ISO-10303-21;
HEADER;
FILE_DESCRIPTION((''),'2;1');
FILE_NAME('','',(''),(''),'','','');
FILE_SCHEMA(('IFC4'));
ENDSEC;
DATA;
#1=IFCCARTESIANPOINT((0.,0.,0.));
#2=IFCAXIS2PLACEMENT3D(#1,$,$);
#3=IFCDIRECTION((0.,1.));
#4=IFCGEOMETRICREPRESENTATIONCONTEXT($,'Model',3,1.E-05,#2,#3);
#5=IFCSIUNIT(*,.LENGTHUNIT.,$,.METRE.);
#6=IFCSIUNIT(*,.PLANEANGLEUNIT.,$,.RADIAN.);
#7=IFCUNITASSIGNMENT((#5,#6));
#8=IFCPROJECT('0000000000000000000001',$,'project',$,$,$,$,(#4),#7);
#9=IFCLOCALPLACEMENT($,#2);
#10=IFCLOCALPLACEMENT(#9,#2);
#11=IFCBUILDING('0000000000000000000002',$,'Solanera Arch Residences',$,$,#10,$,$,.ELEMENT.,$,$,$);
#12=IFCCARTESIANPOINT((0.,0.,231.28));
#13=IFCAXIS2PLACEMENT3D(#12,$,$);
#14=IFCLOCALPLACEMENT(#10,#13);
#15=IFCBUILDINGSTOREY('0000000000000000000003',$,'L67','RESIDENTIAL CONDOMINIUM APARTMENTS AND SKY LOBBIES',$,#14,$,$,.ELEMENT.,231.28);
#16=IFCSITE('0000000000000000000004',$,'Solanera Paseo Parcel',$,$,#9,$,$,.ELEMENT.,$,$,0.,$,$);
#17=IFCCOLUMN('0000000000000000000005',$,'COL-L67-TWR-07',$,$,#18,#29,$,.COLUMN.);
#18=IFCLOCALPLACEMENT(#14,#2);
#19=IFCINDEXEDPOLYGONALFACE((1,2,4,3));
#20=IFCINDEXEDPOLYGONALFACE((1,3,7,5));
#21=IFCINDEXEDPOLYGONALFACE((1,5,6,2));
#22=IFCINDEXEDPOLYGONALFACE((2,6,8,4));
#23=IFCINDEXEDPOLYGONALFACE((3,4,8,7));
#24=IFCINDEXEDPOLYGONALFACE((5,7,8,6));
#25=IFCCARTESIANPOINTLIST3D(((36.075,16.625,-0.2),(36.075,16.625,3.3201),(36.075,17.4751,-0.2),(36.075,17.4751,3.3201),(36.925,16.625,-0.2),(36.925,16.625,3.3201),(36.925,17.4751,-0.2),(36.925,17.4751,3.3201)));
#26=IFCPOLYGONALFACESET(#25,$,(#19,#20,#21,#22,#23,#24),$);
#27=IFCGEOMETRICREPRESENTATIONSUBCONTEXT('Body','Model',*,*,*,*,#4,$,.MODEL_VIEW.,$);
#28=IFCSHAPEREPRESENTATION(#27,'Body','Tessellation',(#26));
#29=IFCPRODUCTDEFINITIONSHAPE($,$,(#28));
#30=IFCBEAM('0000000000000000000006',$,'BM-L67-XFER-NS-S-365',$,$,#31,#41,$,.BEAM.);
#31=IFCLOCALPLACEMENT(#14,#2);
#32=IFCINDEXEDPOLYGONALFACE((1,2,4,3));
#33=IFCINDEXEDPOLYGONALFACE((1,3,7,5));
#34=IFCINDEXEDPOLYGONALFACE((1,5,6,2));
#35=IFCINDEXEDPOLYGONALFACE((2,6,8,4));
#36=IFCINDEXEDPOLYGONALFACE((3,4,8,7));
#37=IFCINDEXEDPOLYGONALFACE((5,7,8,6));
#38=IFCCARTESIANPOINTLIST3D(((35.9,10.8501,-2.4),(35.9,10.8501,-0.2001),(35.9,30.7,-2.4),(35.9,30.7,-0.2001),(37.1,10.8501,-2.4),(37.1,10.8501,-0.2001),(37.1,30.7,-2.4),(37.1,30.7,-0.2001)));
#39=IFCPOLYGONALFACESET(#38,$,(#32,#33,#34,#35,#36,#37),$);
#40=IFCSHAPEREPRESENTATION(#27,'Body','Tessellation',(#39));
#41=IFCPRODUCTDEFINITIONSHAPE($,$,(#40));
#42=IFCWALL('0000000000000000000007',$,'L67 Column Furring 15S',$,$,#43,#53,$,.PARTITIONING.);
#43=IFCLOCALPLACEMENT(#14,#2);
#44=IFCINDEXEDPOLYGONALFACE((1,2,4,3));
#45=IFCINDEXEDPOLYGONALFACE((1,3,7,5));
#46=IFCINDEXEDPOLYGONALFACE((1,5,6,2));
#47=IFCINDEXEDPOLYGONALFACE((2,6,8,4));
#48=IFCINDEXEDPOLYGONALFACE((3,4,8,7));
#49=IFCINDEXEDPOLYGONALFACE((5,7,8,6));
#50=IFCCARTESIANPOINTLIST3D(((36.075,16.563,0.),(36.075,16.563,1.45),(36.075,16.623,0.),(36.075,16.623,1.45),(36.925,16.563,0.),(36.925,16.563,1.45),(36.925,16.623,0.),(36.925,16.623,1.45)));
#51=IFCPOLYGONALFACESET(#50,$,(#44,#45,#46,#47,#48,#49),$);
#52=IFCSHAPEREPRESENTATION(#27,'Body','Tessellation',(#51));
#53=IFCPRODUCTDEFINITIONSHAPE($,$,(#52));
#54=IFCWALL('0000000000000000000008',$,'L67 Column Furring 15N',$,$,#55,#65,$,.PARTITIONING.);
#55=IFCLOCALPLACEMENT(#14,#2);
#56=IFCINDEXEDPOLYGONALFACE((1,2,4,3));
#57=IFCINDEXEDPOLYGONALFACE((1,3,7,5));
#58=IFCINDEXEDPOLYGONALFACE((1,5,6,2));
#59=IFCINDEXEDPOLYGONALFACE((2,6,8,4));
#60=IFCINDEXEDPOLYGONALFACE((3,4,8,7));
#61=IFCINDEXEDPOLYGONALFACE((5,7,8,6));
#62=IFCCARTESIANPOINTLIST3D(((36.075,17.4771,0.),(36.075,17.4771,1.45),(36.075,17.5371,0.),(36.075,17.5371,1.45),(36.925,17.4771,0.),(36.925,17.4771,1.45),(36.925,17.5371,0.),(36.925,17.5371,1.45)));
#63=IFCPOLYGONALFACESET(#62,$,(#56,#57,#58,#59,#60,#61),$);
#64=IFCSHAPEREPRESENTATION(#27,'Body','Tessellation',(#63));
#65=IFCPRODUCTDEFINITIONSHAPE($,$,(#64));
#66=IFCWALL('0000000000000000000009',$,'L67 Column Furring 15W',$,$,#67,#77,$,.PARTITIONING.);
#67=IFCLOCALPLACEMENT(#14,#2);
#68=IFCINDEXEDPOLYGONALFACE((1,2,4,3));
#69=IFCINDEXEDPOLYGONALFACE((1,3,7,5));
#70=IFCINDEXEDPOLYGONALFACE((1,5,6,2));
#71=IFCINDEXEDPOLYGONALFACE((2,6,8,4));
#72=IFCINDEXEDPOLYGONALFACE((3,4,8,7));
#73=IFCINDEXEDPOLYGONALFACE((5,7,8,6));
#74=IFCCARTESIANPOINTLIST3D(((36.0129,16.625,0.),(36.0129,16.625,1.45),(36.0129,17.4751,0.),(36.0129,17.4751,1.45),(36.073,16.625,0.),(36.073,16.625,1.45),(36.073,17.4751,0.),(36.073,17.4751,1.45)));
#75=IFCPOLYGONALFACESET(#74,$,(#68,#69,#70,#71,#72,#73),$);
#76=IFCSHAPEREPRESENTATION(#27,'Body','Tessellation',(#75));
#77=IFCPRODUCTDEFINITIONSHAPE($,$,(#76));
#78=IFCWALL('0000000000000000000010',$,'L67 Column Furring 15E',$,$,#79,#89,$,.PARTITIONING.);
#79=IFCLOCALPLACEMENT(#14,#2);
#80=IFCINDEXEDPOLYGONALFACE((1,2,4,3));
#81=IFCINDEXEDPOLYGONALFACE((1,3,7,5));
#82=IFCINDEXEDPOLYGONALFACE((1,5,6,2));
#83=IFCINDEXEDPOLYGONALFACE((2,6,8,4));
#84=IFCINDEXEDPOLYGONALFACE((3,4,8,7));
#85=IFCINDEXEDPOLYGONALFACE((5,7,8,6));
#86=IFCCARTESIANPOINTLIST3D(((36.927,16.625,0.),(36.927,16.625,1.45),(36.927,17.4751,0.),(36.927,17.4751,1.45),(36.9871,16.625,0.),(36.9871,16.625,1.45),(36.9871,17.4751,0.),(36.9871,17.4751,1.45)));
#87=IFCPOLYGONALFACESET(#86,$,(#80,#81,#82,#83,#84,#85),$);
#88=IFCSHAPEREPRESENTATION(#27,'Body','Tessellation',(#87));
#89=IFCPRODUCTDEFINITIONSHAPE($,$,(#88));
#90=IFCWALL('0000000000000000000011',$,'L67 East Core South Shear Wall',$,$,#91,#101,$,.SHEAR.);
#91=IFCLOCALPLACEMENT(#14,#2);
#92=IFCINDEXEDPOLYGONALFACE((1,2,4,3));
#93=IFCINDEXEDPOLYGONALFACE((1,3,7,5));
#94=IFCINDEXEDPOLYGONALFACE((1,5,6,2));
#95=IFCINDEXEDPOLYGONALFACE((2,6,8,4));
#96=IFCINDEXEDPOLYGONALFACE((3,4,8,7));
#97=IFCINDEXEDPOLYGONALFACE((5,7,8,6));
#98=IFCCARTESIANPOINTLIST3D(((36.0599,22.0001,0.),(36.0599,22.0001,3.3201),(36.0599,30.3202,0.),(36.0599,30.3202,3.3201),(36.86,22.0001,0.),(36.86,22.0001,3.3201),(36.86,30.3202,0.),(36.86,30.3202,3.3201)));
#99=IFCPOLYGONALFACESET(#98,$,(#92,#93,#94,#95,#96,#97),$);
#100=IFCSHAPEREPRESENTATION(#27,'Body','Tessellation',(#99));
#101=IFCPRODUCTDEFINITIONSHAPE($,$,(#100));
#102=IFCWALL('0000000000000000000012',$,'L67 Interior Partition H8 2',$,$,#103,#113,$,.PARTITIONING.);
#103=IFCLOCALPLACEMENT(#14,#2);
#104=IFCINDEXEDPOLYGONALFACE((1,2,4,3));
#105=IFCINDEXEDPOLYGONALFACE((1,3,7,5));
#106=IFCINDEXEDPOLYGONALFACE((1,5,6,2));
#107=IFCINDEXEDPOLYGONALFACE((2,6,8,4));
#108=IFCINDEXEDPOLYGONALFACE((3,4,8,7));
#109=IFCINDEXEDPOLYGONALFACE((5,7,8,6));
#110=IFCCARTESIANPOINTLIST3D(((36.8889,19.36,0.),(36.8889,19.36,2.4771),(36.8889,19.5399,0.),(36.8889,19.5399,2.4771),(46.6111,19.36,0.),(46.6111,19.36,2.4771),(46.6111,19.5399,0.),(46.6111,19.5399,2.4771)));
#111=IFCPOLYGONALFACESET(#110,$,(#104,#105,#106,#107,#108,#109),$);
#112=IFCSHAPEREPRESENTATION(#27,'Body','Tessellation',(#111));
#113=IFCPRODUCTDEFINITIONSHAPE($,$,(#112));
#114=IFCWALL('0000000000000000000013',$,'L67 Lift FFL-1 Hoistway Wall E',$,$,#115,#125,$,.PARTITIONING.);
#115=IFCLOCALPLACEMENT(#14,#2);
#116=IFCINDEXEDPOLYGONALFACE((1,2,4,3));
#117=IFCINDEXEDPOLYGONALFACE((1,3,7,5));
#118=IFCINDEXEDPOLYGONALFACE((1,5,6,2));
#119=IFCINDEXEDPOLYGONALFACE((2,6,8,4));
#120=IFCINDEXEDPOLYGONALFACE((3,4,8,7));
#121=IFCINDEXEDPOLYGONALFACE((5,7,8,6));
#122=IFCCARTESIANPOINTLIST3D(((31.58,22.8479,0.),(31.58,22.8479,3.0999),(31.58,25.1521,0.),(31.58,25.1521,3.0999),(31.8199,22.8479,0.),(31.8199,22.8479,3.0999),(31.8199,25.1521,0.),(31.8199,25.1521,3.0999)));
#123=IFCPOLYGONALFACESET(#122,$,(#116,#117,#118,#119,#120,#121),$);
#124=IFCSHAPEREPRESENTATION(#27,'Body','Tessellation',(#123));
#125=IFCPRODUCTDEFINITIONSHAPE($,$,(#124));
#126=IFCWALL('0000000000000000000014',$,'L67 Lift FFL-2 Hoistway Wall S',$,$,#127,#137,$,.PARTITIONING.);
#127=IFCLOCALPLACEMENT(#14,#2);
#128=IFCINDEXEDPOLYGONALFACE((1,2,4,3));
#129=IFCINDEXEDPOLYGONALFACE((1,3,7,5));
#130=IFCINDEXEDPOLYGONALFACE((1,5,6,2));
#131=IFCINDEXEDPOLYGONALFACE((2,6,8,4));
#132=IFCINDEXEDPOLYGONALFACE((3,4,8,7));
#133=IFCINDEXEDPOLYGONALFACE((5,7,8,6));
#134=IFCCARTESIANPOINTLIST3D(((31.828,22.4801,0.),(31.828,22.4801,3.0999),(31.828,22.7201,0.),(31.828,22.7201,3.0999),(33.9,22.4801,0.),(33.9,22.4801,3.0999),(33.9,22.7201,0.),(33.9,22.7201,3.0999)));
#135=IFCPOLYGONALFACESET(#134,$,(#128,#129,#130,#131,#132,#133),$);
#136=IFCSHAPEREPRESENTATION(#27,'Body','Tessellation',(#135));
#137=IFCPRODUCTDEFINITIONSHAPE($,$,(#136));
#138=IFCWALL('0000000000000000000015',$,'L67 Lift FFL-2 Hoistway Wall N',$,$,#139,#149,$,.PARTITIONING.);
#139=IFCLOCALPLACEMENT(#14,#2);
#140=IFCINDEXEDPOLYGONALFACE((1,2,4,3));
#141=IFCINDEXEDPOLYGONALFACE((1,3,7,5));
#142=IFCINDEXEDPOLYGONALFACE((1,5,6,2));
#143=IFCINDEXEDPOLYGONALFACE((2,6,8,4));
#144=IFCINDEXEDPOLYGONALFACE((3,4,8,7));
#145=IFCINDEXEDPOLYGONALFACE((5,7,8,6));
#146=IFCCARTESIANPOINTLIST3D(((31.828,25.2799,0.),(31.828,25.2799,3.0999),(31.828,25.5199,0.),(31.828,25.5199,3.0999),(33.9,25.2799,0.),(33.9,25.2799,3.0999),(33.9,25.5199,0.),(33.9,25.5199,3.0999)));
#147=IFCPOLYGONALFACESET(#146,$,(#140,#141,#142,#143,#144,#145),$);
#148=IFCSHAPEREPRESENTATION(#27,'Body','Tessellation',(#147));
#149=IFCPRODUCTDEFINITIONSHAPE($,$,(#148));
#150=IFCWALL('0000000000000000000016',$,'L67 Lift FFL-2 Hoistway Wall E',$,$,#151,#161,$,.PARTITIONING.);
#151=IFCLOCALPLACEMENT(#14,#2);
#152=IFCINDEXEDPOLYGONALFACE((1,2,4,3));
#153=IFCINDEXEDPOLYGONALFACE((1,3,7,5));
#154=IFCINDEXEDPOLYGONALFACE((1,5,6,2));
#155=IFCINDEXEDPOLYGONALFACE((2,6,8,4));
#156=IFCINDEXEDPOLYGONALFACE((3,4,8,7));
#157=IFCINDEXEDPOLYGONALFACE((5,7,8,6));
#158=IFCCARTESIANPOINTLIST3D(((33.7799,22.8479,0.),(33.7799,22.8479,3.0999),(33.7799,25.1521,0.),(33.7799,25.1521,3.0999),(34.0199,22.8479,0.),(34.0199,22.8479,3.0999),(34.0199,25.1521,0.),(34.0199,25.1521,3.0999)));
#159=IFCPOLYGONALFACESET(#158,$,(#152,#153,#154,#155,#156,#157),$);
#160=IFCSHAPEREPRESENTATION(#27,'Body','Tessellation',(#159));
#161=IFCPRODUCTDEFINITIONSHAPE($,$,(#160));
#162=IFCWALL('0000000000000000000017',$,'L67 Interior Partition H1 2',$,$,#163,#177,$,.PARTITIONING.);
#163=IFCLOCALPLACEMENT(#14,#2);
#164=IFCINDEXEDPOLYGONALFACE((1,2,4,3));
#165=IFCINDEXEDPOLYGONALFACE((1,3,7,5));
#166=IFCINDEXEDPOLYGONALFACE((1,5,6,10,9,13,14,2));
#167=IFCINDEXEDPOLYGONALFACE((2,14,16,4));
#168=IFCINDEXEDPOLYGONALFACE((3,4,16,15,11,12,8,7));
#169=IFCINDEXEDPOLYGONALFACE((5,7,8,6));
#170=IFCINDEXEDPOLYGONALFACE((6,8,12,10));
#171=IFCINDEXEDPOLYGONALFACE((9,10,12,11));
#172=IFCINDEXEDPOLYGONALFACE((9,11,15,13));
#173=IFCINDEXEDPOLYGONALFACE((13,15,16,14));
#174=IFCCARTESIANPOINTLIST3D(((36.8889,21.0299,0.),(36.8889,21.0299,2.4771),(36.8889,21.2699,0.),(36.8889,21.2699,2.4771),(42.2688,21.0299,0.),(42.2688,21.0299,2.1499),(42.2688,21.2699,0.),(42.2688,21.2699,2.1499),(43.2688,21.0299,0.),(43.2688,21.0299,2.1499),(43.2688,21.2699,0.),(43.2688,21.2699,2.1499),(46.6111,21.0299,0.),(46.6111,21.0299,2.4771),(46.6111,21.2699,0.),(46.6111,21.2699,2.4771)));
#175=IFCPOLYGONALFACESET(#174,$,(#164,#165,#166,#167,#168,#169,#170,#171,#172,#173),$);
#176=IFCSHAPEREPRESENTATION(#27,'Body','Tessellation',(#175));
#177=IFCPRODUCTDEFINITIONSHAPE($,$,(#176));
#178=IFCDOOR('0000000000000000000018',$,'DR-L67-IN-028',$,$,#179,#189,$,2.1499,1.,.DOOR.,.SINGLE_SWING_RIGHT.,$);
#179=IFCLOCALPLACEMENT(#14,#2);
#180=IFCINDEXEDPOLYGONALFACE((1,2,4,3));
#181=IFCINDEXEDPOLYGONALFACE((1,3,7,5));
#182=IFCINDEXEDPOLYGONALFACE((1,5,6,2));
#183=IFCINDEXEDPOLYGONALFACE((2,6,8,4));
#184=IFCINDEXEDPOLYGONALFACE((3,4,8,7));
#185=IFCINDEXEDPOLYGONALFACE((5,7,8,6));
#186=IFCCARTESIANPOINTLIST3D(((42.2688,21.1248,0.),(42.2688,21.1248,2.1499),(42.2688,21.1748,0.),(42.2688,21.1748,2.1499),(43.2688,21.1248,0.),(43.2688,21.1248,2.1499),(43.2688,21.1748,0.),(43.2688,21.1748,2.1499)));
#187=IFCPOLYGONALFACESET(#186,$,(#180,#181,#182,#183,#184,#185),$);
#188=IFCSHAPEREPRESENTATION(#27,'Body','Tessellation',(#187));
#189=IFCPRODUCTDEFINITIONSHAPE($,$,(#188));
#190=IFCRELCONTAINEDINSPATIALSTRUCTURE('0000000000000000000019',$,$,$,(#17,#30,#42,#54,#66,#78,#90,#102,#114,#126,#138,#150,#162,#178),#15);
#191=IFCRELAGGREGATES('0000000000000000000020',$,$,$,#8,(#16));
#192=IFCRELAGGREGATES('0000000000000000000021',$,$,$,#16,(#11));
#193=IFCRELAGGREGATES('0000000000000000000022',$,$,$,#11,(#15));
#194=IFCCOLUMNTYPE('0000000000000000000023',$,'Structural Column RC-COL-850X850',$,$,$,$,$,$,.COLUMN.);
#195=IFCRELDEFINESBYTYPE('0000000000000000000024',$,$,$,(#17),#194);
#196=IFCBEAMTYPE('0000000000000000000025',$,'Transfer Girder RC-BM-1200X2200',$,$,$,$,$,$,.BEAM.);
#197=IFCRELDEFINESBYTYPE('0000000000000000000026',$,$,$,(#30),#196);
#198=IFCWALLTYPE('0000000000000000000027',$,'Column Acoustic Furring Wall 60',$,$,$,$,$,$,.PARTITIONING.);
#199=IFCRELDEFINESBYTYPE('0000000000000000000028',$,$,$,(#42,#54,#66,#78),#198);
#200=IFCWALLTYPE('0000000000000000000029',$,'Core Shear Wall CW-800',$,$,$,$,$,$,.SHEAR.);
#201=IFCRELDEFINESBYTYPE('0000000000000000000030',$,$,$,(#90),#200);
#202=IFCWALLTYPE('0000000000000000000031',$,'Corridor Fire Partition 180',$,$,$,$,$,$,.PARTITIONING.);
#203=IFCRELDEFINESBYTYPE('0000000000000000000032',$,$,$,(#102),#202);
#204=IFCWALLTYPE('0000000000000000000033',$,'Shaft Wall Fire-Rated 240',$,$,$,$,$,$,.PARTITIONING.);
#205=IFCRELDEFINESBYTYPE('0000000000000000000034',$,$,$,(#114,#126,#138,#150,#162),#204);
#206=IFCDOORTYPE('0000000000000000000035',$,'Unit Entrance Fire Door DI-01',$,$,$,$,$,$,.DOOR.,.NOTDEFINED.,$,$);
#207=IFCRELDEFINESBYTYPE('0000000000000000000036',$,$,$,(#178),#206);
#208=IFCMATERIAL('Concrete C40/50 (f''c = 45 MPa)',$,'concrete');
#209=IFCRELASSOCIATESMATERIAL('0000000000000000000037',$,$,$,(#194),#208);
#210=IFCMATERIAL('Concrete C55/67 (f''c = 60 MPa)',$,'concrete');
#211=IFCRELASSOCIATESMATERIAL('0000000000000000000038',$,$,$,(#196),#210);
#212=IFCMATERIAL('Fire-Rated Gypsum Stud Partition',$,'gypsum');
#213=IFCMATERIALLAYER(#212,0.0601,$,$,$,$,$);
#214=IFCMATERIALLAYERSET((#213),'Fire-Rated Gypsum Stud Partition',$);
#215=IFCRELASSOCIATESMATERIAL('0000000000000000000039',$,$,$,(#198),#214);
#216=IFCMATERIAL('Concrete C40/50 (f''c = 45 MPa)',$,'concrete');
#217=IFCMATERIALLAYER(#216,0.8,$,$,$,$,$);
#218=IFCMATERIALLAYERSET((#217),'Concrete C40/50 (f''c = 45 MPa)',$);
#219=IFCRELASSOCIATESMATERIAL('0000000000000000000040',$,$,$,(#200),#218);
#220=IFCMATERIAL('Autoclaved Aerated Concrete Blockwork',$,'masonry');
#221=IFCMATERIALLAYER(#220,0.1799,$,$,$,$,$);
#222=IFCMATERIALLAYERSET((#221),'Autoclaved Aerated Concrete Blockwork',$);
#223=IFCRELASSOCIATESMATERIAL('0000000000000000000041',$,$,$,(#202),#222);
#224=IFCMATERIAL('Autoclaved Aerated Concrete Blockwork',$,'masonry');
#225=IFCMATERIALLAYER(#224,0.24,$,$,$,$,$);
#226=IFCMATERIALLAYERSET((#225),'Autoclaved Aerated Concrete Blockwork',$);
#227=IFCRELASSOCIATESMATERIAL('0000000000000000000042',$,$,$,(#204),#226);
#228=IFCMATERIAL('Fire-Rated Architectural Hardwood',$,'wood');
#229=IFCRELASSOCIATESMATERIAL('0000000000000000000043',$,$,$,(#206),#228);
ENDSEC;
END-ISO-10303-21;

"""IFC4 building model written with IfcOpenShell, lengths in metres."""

from ifc_helpers import new_model, si_unit, direction, frame, frame_2d, origin, origin_2d, place, context, subcontext, project, spatial, rectangle, extrude, material, layer, layer_set, material_profile, profile_set, type_object, element, fill, save


model = new_model("IFC4")

# Units and contexts
model_context = context("Model", 3, precision=1e-05, world=origin(), true_north=direction((0.0, 1.0)))
body_context = subcontext(model_context, "Body", "Model", "MODEL_VIEW")
ifc_project = project(units=[si_unit("LENGTHUNIT", "METRE"), si_unit("PLANEANGLEUNIT", "RADIAN")], contexts=[model_context])

# Site, building, storey
site_placement = place(None, origin())
site = spatial("IfcSite", under=ifc_project, at=site_placement, Name="Solanera Paseo Parcel", CompositionType="ELEMENT", RefElevation=0.0)
building_placement = place(site_placement, origin())
building = spatial("IfcBuilding", under=site, at=building_placement, Name="Solanera Arch Residences", CompositionType="ELEMENT")
storey_placement = place(building_placement, frame((0.0, 0.0, 231.28)))
storey = spatial("IfcBuildingStorey", under=building, at=storey_placement, Name="L67", Description="RESIDENTIAL CONDOMINIUM APARTMENTS AND SKY LOBBIES", CompositionType="ELEMENT", Elevation=231.28)

# Column
ifc_material_1 = material(Name="Concrete C40/50 (f'c = 45 MPa)", Category="concrete")
ifc_material_profile_1 = material_profile(ifc_material_1, rectangle(XDim=0.8501, YDim=0.8501, at=origin_2d()))
ifc_profile_set_1 = profile_set([ifc_material_profile_1], Name="Concrete C40/50 (f'c = 45 MPa)")
column_type = type_object("IfcColumnType", Name="Structural Column RC-COL-850X850", PredefinedType="COLUMN", material=ifc_profile_set_1)
column_placement = place(storey_placement, frame((36.5, 17.05, -0.2), z_axis=(0.0, 0.0, 1.0), x_axis=(1.0, 0.0, 0.0)))
element("IfcColumn", 1, at=column_placement, inside=storey, type_object=column_type, Name="COL-L67-TWR-07", PredefinedType="COLUMN", context=body_context, shape_type="SweptSolid", body=[
    extrude(rectangle(XDim=0.8501, YDim=0.8501, at=origin_2d()), origin(), (0.0, 0.0, 1.0), 3.52),
])

# Beam
ifc_material_2 = material(Name="Concrete C55/67 (f'c = 60 MPa)", Category="concrete")
ifc_material_profile_2 = material_profile(ifc_material_2, rectangle(XDim=1.2, YDim=2.2, at=origin_2d()))
ifc_profile_set_2 = profile_set([ifc_material_profile_2], Name="Concrete C55/67 (f'c = 60 MPa)")
beam_type = type_object("IfcBeamType", Name="Transfer Girder RC-BM-1200X2200", PredefinedType="BEAM", material=ifc_profile_set_2)
beam_placement = place(storey_placement, frame((36.5, 10.8501, -1.3), z_axis=(0.0, 1.0, 0.0), x_axis=(-1.0, 0.0, 0.0)))
element("IfcBeam", 2, at=beam_placement, inside=storey, type_object=beam_type, Name="BM-L67-XFER-NS-S-365", PredefinedType="BEAM", context=body_context, shape_type="SweptSolid", body=[
    extrude(rectangle(XDim=1.2, YDim=2.2, at=origin_2d()), origin(), (0.0, 0.0, 1.0), 19.8499),
])

# Walls
ifc_material_3 = material(Name="Fire-Rated Gypsum Stud Partition", Category="gypsum")
ifc_layer_1 = layer(ifc_material_3, 0.0601)
ifc_layer_set_1 = layer_set([ifc_layer_1], Name="Fire-Rated Gypsum Stud Partition")
wall_type_1 = type_object("IfcWallType", Name="Column Acoustic Furring Wall 60", PredefinedType="PARTITIONING", material=ifc_layer_set_1)
for number, where, z_axis, x_axis, name in (
    (3, (36.075, 16.593, 0.0), (0.0, 0.0, 1.0), (1.0, 0.0, 0.0), "L67 Column Furring 15S"),
    (4, (36.075, 17.5071, 0.0), (0.0, 0.0, 1.0), (1.0, 0.0, 0.0), "L67 Column Furring 15N"),
    (5, (36.043, 16.625, 0.0), (0.0, 0.0, 1.0), (0.0, 1.0, 0.0), "L67 Column Furring 15W"),
    (6, (36.957, 16.625, 0.0), (0.0, 0.0, 1.0), (0.0, 1.0, 0.0), "L67 Column Furring 15E"),
):
    element("IfcWall", number, at=place(storey_placement, frame(where, z_axis=z_axis, x_axis=x_axis)), inside=storey, type_object=wall_type_1, Name=name, PredefinedType="PARTITIONING", context=body_context, shape_type="SweptSolid", body=[
        extrude(rectangle(XDim=0.8501, YDim=0.0601, at=frame_2d((0.425, 0.0))), origin(), (0.0, 0.0, 1.0), 1.45),
    ])
ifc_material_4 = material(Name="Concrete C40/50 (f'c = 45 MPa)", Category="concrete")
ifc_layer_2 = layer(ifc_material_4, 0.8)
ifc_layer_set_2 = layer_set([ifc_layer_2], Name="Concrete C40/50 (f'c = 45 MPa)")
wall_type_2 = type_object("IfcWallType", Name="Core Shear Wall CW-800", PredefinedType="SHEAR", material=ifc_layer_set_2)
wall_1_placement = place(storey_placement, frame((36.46, 22.0, 0.0), z_axis=(0.0, 0.0, 1.0), x_axis=(0.0, 1.0, 0.0)))
element("IfcWall", 7, at=wall_1_placement, inside=storey, type_object=wall_type_2, Name="L67 East Core South Shear Wall", PredefinedType="SHEAR", context=body_context, shape_type="SweptSolid", body=[
    extrude(rectangle(XDim=8.3201, YDim=0.8, at=frame_2d((4.1602, 0.0))), origin(), (0.0, 0.0, 1.0), 3.3201),
])
ifc_material_5 = material(Name="Autoclaved Aerated Concrete Blockwork", Category="masonry")
ifc_layer_3 = layer(ifc_material_5, 0.1799)
ifc_layer_set_3 = layer_set([ifc_layer_3], Name="Autoclaved Aerated Concrete Blockwork")
wall_type_3 = type_object("IfcWallType", Name="Corridor Fire Partition 180", PredefinedType="PARTITIONING", material=ifc_layer_set_3)
wall_2_placement = place(storey_placement, frame((36.8889, 19.45, 0.0), z_axis=(0.0, 0.0, 1.0), x_axis=(1.0, 0.0, 0.0)))
element("IfcWall", 8, at=wall_2_placement, inside=storey, type_object=wall_type_3, Name="L67 Interior Partition H8 2", PredefinedType="PARTITIONING", context=body_context, shape_type="SweptSolid", body=[
    extrude(rectangle(XDim=9.7222, YDim=0.1799, at=frame_2d((4.8611, 0.0))), origin(), (0.0, 0.0, 1.0), 2.4771),
])
ifc_material_6 = material(Name="Autoclaved Aerated Concrete Blockwork", Category="masonry")
ifc_layer_4 = layer(ifc_material_6, 0.24)
ifc_layer_set_4 = layer_set([ifc_layer_4], Name="Autoclaved Aerated Concrete Blockwork")
wall_type_4 = type_object("IfcWallType", Name="Shaft Wall Fire-Rated 240", PredefinedType="PARTITIONING", material=ifc_layer_set_4)
wall_3_placement = place(storey_placement, frame((31.7, 22.8479, 0.0), z_axis=(0.0, 0.0, 1.0), x_axis=(0.0, 1.0, 0.0)))
element("IfcWall", 9, at=wall_3_placement, inside=storey, type_object=wall_type_4, Name="L67 Lift FFL-1 Hoistway Wall E", PredefinedType="PARTITIONING", context=body_context, shape_type="SweptSolid", body=[
    extrude(rectangle(XDim=2.3042, YDim=0.24, at=frame_2d((1.1521, 0.0))), origin(), (0.0, 0.0, 1.0), 3.0999),
])
for number, where, z_axis, x_axis, name in (
    (10, (31.8279, 22.6001, 0.0), (0.0, 0.0, 1.0), (1.0, 0.0, 0.0), "L67 Lift FFL-2 Hoistway Wall S"),
    (11, (31.8279, 25.3999, 0.0), (0.0, 0.0, 1.0), (1.0, 0.0, 0.0), "L67 Lift FFL-2 Hoistway Wall N"),
):
    element("IfcWall", number, at=place(storey_placement, frame(where, z_axis=z_axis, x_axis=x_axis)), inside=storey, type_object=wall_type_4, Name=name, PredefinedType="PARTITIONING", context=body_context, shape_type="SweptSolid", body=[
        extrude(rectangle(XDim=2.072, YDim=0.24, at=frame_2d((1.0361, 0.0))), origin(), (0.0, 0.0, 1.0), 3.0999),
    ])
wall_4_placement = place(storey_placement, frame((33.8999, 22.8479, 0.0), z_axis=(0.0, 0.0, 1.0), x_axis=(0.0, 1.0, 0.0)))
element("IfcWall", 12, at=wall_4_placement, inside=storey, type_object=wall_type_4, Name="L67 Lift FFL-2 Hoistway Wall E", PredefinedType="PARTITIONING", context=body_context, shape_type="SweptSolid", body=[
    extrude(rectangle(XDim=2.3042, YDim=0.24, at=frame_2d((1.1521, 0.0))), origin(), (0.0, 0.0, 1.0), 3.0999),
])

# Wall, opening, door
wall_5_placement = place(storey_placement, frame((36.8889, 21.1499, 0.0), z_axis=(0.0, 0.0, 1.0), x_axis=(1.0, 0.0, 0.0)))
wall_5 = element("IfcWall", 13, at=wall_5_placement, inside=storey, type_object=wall_type_4, Name="L67 Interior Partition H1 2", PredefinedType="PARTITIONING", context=body_context, shape_type="SweptSolid", body=[
    extrude(rectangle(XDim=9.7222, YDim=0.24, at=frame_2d((4.8611, 0.0))), origin(), (0.0, 0.0, 1.0), 2.4771),
])
opening_1_placement = place(wall_5_placement, frame((5.3799, 0.0, 0.0)))
opening_1 = element("IfcOpeningElement", 14, at=opening_1_placement, cuts=wall_5, PredefinedType="OPENING", context=body_context, shape_type="SweptSolid", body=[
    extrude(rectangle(XDim=1.0, YDim=2.1499, at=frame_2d((0.5, 1.075))), frame((0.0, 0.1299, 0.0), z_axis=(0.0, -1.0, 0.0), x_axis=(1.0, 0.0, 0.0)), (0.0, 0.0, 1.0), 0.26),
])
ifc_material_7 = material(Name="Fire-Rated Architectural Hardwood", Category="wood")
door_type_1 = type_object("IfcDoorType", Name="Unit Entrance Fire Door DI-01", OperationType="NOTDEFINED", PredefinedType="DOOR", material=ifc_material_7)
door_1_placement = place(opening_1_placement, origin())
door_1 = element("IfcDoor", 15, at=door_1_placement, inside=storey, type_object=door_type_1, Name="DR-L67-IN-028", OperationType="SINGLE_SWING_RIGHT", OverallHeight=2.1499, OverallWidth=1.0, PredefinedType="DOOR", context=body_context, shape_type="SweptSolid", body=[
    extrude(rectangle(XDim=1.0, YDim=2.1499, at=frame_2d((0.5, 1.075))), frame((0.0, 0.0249, 0.0), z_axis=(0.0, -1.0, 0.0), x_axis=(1.0, 0.0, 0.0)), (0.0, 0.0, 1.0), 0.05),
])
fill(opening_1, door_1)

save(model, "model.ifc")
